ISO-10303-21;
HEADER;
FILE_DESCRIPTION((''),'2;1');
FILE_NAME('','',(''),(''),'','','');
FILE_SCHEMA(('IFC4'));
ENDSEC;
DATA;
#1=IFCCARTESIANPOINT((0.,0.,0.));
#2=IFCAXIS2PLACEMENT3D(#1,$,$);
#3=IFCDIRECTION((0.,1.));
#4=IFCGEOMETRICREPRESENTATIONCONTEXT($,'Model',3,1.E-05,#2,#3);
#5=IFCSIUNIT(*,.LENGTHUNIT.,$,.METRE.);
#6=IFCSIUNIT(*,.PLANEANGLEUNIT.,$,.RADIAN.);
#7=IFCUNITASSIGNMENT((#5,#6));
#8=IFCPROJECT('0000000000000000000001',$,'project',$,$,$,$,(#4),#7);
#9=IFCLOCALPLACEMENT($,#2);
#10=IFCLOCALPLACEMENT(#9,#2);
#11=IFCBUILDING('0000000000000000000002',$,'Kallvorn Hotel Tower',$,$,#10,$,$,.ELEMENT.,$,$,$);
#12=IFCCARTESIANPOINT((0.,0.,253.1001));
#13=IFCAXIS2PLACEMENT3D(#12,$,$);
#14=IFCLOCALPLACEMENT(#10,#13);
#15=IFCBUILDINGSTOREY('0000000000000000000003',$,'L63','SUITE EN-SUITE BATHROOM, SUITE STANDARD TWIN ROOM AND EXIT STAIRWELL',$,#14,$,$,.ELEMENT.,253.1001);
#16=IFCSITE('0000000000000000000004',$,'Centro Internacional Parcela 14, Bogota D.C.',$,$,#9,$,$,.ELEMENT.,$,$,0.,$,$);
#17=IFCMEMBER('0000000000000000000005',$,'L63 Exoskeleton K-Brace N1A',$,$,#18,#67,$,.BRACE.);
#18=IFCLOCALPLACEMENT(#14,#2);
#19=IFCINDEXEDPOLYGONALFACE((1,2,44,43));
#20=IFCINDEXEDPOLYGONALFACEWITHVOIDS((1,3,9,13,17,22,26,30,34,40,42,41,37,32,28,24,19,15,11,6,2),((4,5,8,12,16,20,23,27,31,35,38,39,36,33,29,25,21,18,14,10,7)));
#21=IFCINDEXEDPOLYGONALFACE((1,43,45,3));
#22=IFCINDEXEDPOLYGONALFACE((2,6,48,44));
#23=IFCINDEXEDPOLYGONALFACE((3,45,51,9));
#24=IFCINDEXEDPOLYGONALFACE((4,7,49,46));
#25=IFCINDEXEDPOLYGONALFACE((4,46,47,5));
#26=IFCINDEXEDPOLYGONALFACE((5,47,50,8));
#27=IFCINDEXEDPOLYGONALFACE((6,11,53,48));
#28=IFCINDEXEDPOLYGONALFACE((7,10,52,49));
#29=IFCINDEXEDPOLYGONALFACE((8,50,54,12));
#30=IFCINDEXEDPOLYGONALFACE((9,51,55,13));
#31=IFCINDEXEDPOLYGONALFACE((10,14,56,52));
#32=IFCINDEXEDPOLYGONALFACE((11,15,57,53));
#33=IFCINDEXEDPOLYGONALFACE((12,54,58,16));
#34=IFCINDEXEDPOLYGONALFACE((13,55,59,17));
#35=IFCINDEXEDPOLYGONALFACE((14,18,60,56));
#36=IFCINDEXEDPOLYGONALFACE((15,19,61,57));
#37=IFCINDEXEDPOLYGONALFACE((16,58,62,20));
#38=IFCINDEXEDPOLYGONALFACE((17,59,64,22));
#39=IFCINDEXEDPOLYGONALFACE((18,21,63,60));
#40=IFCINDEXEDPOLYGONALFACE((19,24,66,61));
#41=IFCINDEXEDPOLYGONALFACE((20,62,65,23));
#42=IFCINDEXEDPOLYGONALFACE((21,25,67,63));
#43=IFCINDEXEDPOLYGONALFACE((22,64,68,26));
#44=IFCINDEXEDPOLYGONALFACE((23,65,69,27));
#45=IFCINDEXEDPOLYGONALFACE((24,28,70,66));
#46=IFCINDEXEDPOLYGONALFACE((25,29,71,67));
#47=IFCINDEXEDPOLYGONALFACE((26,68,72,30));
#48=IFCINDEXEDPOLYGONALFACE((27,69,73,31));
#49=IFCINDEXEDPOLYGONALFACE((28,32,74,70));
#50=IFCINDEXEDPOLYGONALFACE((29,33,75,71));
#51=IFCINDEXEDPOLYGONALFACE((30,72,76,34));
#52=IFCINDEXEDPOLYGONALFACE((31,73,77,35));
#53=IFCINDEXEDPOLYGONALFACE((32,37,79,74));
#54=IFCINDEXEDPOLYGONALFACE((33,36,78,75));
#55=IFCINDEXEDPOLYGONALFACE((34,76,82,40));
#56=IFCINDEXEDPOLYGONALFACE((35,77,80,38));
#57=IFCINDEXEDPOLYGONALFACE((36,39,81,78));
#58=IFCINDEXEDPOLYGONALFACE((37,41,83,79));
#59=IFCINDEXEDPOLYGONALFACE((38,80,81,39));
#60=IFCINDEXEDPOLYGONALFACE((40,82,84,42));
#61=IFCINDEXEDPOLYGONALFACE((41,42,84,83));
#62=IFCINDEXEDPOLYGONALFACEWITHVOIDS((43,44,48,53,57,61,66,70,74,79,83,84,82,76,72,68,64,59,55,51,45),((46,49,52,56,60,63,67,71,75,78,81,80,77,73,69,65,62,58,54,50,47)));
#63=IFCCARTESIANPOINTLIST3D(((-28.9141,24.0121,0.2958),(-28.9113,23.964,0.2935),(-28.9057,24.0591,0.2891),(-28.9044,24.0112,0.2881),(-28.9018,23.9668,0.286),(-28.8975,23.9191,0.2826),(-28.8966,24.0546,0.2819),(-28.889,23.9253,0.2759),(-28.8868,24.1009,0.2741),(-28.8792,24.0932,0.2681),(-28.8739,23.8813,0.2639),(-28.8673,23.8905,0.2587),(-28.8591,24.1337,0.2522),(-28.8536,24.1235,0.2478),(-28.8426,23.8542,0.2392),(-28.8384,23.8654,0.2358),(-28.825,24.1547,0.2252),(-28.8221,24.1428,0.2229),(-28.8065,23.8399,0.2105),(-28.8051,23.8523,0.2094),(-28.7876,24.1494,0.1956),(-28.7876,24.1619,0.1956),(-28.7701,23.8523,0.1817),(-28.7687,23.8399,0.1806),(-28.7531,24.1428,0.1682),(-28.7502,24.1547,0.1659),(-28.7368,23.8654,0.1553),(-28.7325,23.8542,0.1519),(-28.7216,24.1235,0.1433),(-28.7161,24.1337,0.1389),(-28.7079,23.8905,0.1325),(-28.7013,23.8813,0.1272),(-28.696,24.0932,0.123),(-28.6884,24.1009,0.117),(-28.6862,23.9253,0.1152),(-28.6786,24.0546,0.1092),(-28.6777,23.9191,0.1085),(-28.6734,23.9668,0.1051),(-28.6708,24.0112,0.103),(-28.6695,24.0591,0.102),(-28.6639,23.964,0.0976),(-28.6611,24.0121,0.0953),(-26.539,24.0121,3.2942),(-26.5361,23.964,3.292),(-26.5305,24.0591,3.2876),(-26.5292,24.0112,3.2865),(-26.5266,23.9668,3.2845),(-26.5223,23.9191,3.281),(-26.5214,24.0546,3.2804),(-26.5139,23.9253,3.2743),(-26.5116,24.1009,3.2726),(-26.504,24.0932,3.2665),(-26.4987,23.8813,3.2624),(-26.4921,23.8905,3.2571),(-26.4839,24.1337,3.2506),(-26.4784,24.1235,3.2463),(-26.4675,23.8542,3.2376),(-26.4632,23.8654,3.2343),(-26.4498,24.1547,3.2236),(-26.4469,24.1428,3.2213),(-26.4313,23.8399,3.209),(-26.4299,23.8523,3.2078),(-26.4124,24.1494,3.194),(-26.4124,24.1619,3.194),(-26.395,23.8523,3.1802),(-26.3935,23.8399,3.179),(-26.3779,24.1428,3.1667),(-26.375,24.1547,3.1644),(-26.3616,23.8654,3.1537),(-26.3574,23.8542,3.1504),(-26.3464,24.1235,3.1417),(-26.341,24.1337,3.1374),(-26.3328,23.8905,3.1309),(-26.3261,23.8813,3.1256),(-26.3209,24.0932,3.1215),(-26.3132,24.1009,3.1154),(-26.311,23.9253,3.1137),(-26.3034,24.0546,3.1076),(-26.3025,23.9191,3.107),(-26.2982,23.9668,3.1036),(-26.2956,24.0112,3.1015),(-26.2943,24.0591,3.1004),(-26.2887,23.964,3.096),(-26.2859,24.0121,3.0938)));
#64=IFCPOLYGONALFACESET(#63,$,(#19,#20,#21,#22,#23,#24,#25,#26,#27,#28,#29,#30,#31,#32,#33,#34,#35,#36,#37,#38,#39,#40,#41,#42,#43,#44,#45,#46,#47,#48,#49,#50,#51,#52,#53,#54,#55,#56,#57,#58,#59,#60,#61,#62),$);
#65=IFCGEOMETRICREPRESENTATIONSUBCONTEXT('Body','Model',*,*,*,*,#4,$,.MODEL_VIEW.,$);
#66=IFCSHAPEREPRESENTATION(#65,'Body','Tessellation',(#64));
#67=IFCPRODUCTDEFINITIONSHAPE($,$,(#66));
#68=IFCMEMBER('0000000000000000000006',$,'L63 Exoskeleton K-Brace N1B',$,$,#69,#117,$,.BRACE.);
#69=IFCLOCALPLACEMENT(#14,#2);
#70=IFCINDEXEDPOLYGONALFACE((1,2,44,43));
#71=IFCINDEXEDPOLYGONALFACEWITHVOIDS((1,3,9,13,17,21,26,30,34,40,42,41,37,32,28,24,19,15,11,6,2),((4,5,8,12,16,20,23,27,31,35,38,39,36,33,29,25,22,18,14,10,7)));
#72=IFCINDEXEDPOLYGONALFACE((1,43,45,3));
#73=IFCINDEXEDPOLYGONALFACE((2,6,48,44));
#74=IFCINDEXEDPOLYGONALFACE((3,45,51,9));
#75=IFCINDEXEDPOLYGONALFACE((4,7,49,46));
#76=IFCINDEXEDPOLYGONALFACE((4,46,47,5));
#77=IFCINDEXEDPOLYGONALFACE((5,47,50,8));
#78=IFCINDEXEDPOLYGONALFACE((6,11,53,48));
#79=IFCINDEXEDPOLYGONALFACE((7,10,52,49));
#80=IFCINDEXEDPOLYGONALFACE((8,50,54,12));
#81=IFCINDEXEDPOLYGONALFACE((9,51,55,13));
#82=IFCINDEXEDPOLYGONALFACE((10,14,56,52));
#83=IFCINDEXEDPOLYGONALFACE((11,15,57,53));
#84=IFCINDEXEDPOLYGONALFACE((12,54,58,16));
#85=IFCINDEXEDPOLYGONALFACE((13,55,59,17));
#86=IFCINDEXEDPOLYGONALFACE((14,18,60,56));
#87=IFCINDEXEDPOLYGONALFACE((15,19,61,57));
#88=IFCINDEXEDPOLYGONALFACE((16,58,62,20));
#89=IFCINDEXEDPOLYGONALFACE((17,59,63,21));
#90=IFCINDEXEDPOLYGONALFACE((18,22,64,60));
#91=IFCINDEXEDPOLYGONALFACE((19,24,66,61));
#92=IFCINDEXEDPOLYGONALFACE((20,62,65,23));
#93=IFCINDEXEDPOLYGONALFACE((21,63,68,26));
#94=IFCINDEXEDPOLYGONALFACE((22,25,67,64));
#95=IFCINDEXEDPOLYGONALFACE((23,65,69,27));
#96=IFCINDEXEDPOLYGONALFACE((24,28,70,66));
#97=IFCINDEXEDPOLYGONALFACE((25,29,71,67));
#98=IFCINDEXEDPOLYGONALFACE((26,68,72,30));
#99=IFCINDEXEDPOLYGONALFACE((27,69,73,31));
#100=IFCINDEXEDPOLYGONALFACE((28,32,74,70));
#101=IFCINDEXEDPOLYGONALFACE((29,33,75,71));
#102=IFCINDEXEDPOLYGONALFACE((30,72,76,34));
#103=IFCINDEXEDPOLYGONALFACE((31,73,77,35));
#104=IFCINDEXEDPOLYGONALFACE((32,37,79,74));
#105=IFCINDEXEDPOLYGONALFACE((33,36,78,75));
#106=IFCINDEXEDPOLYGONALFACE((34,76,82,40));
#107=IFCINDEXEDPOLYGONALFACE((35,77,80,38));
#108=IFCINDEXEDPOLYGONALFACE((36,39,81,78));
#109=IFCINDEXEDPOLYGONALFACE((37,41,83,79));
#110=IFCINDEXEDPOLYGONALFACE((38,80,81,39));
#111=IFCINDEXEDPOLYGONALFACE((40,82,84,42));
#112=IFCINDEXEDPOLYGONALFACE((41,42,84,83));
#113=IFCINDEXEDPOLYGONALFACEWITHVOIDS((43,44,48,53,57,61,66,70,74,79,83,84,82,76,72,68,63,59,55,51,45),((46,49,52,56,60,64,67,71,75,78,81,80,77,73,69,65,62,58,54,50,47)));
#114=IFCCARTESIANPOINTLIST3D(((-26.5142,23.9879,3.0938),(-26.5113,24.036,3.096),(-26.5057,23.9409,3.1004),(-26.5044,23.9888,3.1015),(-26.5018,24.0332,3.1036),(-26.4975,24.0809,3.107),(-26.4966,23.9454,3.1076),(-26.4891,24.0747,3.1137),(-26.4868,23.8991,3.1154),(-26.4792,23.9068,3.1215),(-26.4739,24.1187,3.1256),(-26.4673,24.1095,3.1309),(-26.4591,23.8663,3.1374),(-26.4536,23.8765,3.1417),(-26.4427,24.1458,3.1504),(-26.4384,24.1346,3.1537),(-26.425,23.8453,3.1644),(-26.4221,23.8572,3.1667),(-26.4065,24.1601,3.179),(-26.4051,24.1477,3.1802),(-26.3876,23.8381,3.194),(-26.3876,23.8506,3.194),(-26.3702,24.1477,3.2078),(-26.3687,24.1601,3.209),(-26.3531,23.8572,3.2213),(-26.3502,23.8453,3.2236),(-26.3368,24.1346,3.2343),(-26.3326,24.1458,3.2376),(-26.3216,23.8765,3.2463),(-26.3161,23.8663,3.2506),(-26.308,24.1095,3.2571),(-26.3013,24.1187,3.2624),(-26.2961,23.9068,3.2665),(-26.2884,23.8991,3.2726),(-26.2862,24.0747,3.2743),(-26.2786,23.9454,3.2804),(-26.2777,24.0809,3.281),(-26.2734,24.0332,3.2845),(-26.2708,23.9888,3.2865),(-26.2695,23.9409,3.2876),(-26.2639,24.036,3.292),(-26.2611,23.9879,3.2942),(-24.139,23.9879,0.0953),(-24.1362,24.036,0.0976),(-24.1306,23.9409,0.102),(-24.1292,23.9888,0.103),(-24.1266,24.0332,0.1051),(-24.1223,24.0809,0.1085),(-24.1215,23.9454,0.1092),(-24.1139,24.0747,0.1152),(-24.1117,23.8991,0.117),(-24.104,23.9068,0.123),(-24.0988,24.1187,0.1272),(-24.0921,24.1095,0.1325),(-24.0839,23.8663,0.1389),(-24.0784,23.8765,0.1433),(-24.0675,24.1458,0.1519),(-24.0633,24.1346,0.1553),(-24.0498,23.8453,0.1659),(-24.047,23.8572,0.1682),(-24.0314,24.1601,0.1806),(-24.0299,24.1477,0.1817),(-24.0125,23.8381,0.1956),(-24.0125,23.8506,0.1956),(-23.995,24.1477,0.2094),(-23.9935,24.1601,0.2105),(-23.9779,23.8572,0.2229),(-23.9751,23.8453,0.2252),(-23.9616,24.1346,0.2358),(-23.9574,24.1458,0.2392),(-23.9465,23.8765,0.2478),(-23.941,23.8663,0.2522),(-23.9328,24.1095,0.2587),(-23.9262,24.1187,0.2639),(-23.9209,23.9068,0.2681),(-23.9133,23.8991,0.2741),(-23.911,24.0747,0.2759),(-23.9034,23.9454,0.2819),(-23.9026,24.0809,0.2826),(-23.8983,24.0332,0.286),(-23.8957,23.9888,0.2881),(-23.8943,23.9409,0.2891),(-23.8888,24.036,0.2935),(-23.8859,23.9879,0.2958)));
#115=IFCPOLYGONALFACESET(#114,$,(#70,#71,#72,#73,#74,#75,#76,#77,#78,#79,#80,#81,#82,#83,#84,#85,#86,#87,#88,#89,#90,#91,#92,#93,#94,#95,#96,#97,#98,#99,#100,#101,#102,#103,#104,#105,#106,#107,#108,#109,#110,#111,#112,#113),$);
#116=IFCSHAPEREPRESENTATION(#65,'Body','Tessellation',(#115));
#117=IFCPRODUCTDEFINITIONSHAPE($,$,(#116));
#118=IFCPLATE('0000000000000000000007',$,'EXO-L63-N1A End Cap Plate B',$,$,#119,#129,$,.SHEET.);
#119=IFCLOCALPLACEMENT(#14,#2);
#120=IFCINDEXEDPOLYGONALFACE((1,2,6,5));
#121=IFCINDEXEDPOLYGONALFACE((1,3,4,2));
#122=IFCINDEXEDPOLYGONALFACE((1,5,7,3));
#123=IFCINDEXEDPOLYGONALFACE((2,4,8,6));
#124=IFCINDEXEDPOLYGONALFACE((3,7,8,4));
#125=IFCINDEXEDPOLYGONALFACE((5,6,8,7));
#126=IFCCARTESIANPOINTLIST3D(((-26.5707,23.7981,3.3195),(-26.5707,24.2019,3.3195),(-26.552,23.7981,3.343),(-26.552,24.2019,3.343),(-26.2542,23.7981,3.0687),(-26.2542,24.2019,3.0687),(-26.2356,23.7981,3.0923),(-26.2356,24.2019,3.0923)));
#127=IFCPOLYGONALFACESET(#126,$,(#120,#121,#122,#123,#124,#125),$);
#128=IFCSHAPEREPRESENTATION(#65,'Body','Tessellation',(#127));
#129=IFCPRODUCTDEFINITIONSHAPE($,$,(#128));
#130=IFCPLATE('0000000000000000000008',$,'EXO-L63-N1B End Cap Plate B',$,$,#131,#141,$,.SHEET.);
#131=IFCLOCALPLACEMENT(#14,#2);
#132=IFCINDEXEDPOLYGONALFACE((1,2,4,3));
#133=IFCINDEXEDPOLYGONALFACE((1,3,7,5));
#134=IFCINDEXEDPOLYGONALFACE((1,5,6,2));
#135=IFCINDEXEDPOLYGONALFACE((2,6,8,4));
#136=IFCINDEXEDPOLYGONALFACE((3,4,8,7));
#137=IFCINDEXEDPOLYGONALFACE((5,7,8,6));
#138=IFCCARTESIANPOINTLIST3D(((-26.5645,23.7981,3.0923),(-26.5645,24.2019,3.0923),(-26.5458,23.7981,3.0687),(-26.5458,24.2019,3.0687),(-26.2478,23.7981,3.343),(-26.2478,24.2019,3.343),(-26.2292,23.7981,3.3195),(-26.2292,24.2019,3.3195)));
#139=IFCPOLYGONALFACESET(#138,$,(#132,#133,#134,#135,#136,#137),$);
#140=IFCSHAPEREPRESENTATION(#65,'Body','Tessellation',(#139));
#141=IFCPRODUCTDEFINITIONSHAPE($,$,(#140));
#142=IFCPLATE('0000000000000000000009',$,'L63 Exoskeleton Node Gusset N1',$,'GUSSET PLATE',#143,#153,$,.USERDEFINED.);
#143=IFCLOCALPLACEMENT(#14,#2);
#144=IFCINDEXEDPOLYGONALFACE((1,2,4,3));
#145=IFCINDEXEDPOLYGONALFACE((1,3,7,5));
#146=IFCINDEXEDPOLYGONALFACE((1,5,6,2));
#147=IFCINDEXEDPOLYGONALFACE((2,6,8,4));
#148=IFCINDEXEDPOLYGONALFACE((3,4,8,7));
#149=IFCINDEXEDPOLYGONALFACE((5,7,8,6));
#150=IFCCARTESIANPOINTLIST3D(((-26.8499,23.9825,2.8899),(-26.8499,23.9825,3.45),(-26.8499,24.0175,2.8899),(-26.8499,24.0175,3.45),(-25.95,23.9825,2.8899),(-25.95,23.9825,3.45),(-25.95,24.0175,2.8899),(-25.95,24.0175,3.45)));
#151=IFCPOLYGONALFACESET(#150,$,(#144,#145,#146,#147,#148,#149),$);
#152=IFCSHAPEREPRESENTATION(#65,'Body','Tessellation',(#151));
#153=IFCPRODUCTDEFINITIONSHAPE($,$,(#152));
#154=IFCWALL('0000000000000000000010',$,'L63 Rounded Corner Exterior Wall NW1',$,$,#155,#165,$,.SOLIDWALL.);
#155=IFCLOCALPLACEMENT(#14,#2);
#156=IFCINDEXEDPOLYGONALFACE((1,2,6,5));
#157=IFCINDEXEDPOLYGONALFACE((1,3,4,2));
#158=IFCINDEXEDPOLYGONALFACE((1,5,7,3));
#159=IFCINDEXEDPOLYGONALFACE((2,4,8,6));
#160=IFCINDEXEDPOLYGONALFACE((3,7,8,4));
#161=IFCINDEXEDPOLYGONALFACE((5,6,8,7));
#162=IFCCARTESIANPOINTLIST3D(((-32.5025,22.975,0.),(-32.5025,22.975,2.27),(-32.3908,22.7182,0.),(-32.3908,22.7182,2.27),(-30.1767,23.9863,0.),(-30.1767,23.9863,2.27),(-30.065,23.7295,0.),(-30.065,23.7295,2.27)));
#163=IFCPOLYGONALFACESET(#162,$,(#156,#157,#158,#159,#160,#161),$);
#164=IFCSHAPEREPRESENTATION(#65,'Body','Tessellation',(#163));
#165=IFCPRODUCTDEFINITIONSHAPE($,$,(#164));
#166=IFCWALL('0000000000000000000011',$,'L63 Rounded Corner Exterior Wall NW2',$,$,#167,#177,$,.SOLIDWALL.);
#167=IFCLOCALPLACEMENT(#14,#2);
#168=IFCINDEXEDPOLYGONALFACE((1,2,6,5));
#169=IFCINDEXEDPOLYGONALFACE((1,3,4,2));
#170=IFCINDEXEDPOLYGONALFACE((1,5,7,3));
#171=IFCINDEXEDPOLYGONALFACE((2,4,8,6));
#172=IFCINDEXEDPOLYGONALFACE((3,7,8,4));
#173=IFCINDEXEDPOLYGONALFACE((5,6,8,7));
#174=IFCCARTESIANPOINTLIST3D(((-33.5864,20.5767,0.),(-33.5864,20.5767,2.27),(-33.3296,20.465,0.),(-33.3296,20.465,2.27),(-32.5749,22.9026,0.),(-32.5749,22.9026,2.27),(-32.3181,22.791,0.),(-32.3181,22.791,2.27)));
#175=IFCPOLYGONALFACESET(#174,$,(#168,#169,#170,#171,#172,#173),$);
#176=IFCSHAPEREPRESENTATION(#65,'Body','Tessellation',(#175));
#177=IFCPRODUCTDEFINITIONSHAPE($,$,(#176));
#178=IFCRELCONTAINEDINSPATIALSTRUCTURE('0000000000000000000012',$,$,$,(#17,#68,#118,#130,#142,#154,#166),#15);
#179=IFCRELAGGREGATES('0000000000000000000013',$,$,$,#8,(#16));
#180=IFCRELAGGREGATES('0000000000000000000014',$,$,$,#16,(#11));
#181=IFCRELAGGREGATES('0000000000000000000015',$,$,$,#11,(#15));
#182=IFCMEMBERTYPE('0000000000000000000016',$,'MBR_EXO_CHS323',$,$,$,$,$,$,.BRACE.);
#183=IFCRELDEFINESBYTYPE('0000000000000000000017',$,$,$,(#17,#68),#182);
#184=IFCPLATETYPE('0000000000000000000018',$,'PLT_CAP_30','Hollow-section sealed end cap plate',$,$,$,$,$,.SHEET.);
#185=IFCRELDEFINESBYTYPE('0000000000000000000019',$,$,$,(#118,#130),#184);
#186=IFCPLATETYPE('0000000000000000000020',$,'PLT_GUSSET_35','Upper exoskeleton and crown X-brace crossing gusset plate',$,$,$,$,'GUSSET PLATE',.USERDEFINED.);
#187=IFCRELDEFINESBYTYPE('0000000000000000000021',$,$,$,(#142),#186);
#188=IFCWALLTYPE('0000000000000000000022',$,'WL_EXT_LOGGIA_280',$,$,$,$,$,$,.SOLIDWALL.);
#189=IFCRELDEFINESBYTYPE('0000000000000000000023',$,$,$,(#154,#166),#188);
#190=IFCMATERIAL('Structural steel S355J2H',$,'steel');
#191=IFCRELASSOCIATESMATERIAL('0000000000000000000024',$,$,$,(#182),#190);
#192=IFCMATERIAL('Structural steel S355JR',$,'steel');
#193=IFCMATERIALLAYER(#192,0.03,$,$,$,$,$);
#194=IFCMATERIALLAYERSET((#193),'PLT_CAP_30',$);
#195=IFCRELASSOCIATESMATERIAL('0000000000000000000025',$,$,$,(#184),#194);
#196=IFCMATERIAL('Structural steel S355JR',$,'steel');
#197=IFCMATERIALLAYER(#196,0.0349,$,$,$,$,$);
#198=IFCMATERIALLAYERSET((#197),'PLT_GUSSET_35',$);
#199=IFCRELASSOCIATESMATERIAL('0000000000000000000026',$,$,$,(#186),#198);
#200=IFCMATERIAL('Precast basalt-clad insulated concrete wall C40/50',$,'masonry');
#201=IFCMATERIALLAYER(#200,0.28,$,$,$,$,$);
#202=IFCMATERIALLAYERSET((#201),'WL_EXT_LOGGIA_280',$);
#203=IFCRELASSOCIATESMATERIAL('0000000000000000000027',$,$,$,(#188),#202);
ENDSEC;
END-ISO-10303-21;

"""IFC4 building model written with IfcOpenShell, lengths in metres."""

from ifc_helpers import new_model, si_unit, direction, frame, frame_2d, origin, origin_2d, place, context, subcontext, project, spatial, polyline, rectangle, hollow_circle, outline, extrude, material, layer, layer_set, material_profile, profile_set, type_object, element, save


model = new_model("IFC4")

# Units and contexts
model_context = context("Model", 3, precision=1e-05, world=origin(), true_north=direction((0.0, 1.0)))
body_context = subcontext(model_context, "Body", "Model", "MODEL_VIEW")
ifc_project = project(units=[si_unit("LENGTHUNIT", "METRE"), si_unit("PLANEANGLEUNIT", "RADIAN")], contexts=[model_context])

# Site, building, storey
site_placement = place(None, origin())
site = spatial("IfcSite", under=ifc_project, at=site_placement, Name="Centro Internacional Parcela 14, Bogota D.C.", CompositionType="ELEMENT", RefElevation=0.0)
building_placement = place(site_placement, origin())
building = spatial("IfcBuilding", under=site, at=building_placement, Name="Kallvorn Hotel Tower", CompositionType="ELEMENT")
storey_placement = place(building_placement, frame((0.0, 0.0, 253.1001)))
storey = spatial("IfcBuildingStorey", under=building, at=storey_placement, Name="L63", Description="SUITE EN-SUITE BATHROOM, SUITE STANDARD TWIN ROOM AND EXIT STAIRWELL", CompositionType="ELEMENT", Elevation=253.1001)

# Members
ifc_material_1 = material(Name="Structural steel S355J2H", Category="steel")
ifc_material_profile_1 = material_profile(ifc_material_1, hollow_circle(Radius=0.1619, WallThickness=0.0125, at=origin_2d()), Name="CHS 323.9x12.5")
ifc_profile_set_1 = profile_set([ifc_material_profile_1], Name="Structural steel S355J2H")
member_type_1 = type_object("IfcMemberType", Name="MBR_EXO_CHS323", PredefinedType="BRACE", material=ifc_profile_set_1)
for number, where, z_axis, x_axis, name in (
    (1, (-28.7876, 24.0, 0.1956), (0.620929, 0.0, 0.783867), (0.0, 1.0, 0.0), "L63 Exoskeleton K-Brace N1A"),
    (2, (-24.0125, 24.0, 0.1956), (-0.620929, 0.0, 0.783867), (0.0, -1.0, 0.0), "L63 Exoskeleton K-Brace N1B"),
):
    element("IfcMember", number, at=place(storey_placement, frame(where, z_axis=z_axis, x_axis=x_axis)), inside=storey, type_object=member_type_1, Name=name, PredefinedType="BRACE", context=body_context, shape_type="SweptSolid", body=[
        extrude(hollow_circle(Radius=0.1619, WallThickness=0.0125, at=origin_2d()), origin(), (0.0, 0.0, 1.0), 3.8252),
    ])

# Plates
ifc_material_2 = material(Name="Structural steel S355JR", Category="steel")
ifc_layer_1 = layer(ifc_material_2, 0.03)
ifc_layer_set_1 = layer_set([ifc_layer_1], Name="PLT_CAP_30")
plate_type_1 = type_object("IfcPlateType", Name="PLT_CAP_30", Description="Hollow-section sealed end cap plate", PredefinedType="SHEET", material=ifc_layer_set_1)
plate_1_placement = place(storey_placement, frame((-26.2356, 23.7981, 3.0923), z_axis=(0.621075, 0.0, 0.783751), x_axis=(0.0, 1.0, 0.0)))
element("IfcPlate", 3, at=plate_1_placement, inside=storey, type_object=plate_type_1, Name="EXO-L63-N1A End Cap Plate B", PredefinedType="SHEET", context=body_context, shape_type="SweptSolid", body=[
    extrude(outline(polyline([(0.0, 0.0), (0.4038, 0.0), (0.4038, 0.4037), (0.0, 0.4037), (0.0, 0.0)])), origin(), (0.0, 0.0, -1.0), 0.03),
])
plate_2_placement = place(storey_placement, frame((-26.5645, 24.2019, 3.0923), z_axis=(-0.62078, 0.0, 0.783985), x_axis=(0.0, -1.0, 0.0)))
element("IfcPlate", 4, at=plate_2_placement, inside=storey, type_object=plate_type_1, Name="EXO-L63-N1B End Cap Plate B", PredefinedType="SHEET", context=body_context, shape_type="SweptSolid", body=[
    extrude(outline(polyline([(0.0, 0.0), (0.4038, 0.0), (0.4038, 0.4039), (0.0, 0.4039), (0.0, 0.0)])), origin(), (0.0, 0.0, -1.0), 0.03),
])
ifc_material_3 = material(Name="Structural steel S355JR", Category="steel")
ifc_layer_2 = layer(ifc_material_3, 0.0349)
ifc_layer_set_2 = layer_set([ifc_layer_2], Name="PLT_GUSSET_35")
plate_type_2 = type_object("IfcPlateType", Name="PLT_GUSSET_35", Description="Upper exoskeleton and crown X-brace crossing gusset plate", ElementType="GUSSET PLATE", PredefinedType="USERDEFINED", material=ifc_layer_set_2)
plate_3_placement = place(storey_placement, frame((-26.3999, 24.0, 2.8899), z_axis=(0.0, 0.0, 1.0), x_axis=(1.0, 0.0, 0.0)))
element("IfcPlate", 5, at=plate_3_placement, inside=storey, type_object=plate_type_2, Name="L63 Exoskeleton Node Gusset N1", ObjectType="GUSSET PLATE", PredefinedType="USERDEFINED", context=body_context, shape_type="SweptSolid", body=[
    extrude(rectangle(XDim=0.8999, YDim=0.0349, at=origin_2d()), origin(), (0.0, 0.0, 1.0), 0.5601),
])

# Walls
ifc_material_4 = material(Name="Precast basalt-clad insulated concrete wall C40/50", Category="masonry")
ifc_layer_3 = layer(ifc_material_4, 0.28)
ifc_layer_set_3 = layer_set([ifc_layer_3], Name="WL_EXT_LOGGIA_280")
wall_type = type_object("IfcWallType", Name="WL_EXT_LOGGIA_280", PredefinedType="SOLIDWALL", material=ifc_layer_set_3)
wall_1_placement = place(storey_placement, frame((-30.1208, 23.8579, 0.0), z_axis=(0.0, 0.0, 1.0), x_axis=(-0.917061, -0.398747, 0.0)))
element("IfcWall", 6, at=wall_1_placement, inside=storey, type_object=wall_type, Name="L63 Rounded Corner Exterior Wall NW1", PredefinedType="SOLIDWALL", context=body_context, shape_type="SweptSolid", body=[
    extrude(rectangle(XDim=2.5361, YDim=0.28, at=frame_2d((1.2681, 0.0))), origin(), (0.0, 0.0, 1.0), 2.27),
])
wall_2_placement = place(storey_placement, frame((-32.4465, 22.8467, 0.0), z_axis=(0.0, 0.0, 1.0), x_axis=(-0.398793, -0.917041, 0.0)))
element("IfcWall", 7, at=wall_2_placement, inside=storey, type_object=wall_type, Name="L63 Rounded Corner Exterior Wall NW2", PredefinedType="SOLIDWALL", context=body_context, shape_type="SweptSolid", body=[
    extrude(rectangle(XDim=2.5364, YDim=0.28, at=frame_2d((1.2681, 0.0))), origin(), (0.0, 0.0, 1.0), 2.27),
])

save(model, "model.ifc")
